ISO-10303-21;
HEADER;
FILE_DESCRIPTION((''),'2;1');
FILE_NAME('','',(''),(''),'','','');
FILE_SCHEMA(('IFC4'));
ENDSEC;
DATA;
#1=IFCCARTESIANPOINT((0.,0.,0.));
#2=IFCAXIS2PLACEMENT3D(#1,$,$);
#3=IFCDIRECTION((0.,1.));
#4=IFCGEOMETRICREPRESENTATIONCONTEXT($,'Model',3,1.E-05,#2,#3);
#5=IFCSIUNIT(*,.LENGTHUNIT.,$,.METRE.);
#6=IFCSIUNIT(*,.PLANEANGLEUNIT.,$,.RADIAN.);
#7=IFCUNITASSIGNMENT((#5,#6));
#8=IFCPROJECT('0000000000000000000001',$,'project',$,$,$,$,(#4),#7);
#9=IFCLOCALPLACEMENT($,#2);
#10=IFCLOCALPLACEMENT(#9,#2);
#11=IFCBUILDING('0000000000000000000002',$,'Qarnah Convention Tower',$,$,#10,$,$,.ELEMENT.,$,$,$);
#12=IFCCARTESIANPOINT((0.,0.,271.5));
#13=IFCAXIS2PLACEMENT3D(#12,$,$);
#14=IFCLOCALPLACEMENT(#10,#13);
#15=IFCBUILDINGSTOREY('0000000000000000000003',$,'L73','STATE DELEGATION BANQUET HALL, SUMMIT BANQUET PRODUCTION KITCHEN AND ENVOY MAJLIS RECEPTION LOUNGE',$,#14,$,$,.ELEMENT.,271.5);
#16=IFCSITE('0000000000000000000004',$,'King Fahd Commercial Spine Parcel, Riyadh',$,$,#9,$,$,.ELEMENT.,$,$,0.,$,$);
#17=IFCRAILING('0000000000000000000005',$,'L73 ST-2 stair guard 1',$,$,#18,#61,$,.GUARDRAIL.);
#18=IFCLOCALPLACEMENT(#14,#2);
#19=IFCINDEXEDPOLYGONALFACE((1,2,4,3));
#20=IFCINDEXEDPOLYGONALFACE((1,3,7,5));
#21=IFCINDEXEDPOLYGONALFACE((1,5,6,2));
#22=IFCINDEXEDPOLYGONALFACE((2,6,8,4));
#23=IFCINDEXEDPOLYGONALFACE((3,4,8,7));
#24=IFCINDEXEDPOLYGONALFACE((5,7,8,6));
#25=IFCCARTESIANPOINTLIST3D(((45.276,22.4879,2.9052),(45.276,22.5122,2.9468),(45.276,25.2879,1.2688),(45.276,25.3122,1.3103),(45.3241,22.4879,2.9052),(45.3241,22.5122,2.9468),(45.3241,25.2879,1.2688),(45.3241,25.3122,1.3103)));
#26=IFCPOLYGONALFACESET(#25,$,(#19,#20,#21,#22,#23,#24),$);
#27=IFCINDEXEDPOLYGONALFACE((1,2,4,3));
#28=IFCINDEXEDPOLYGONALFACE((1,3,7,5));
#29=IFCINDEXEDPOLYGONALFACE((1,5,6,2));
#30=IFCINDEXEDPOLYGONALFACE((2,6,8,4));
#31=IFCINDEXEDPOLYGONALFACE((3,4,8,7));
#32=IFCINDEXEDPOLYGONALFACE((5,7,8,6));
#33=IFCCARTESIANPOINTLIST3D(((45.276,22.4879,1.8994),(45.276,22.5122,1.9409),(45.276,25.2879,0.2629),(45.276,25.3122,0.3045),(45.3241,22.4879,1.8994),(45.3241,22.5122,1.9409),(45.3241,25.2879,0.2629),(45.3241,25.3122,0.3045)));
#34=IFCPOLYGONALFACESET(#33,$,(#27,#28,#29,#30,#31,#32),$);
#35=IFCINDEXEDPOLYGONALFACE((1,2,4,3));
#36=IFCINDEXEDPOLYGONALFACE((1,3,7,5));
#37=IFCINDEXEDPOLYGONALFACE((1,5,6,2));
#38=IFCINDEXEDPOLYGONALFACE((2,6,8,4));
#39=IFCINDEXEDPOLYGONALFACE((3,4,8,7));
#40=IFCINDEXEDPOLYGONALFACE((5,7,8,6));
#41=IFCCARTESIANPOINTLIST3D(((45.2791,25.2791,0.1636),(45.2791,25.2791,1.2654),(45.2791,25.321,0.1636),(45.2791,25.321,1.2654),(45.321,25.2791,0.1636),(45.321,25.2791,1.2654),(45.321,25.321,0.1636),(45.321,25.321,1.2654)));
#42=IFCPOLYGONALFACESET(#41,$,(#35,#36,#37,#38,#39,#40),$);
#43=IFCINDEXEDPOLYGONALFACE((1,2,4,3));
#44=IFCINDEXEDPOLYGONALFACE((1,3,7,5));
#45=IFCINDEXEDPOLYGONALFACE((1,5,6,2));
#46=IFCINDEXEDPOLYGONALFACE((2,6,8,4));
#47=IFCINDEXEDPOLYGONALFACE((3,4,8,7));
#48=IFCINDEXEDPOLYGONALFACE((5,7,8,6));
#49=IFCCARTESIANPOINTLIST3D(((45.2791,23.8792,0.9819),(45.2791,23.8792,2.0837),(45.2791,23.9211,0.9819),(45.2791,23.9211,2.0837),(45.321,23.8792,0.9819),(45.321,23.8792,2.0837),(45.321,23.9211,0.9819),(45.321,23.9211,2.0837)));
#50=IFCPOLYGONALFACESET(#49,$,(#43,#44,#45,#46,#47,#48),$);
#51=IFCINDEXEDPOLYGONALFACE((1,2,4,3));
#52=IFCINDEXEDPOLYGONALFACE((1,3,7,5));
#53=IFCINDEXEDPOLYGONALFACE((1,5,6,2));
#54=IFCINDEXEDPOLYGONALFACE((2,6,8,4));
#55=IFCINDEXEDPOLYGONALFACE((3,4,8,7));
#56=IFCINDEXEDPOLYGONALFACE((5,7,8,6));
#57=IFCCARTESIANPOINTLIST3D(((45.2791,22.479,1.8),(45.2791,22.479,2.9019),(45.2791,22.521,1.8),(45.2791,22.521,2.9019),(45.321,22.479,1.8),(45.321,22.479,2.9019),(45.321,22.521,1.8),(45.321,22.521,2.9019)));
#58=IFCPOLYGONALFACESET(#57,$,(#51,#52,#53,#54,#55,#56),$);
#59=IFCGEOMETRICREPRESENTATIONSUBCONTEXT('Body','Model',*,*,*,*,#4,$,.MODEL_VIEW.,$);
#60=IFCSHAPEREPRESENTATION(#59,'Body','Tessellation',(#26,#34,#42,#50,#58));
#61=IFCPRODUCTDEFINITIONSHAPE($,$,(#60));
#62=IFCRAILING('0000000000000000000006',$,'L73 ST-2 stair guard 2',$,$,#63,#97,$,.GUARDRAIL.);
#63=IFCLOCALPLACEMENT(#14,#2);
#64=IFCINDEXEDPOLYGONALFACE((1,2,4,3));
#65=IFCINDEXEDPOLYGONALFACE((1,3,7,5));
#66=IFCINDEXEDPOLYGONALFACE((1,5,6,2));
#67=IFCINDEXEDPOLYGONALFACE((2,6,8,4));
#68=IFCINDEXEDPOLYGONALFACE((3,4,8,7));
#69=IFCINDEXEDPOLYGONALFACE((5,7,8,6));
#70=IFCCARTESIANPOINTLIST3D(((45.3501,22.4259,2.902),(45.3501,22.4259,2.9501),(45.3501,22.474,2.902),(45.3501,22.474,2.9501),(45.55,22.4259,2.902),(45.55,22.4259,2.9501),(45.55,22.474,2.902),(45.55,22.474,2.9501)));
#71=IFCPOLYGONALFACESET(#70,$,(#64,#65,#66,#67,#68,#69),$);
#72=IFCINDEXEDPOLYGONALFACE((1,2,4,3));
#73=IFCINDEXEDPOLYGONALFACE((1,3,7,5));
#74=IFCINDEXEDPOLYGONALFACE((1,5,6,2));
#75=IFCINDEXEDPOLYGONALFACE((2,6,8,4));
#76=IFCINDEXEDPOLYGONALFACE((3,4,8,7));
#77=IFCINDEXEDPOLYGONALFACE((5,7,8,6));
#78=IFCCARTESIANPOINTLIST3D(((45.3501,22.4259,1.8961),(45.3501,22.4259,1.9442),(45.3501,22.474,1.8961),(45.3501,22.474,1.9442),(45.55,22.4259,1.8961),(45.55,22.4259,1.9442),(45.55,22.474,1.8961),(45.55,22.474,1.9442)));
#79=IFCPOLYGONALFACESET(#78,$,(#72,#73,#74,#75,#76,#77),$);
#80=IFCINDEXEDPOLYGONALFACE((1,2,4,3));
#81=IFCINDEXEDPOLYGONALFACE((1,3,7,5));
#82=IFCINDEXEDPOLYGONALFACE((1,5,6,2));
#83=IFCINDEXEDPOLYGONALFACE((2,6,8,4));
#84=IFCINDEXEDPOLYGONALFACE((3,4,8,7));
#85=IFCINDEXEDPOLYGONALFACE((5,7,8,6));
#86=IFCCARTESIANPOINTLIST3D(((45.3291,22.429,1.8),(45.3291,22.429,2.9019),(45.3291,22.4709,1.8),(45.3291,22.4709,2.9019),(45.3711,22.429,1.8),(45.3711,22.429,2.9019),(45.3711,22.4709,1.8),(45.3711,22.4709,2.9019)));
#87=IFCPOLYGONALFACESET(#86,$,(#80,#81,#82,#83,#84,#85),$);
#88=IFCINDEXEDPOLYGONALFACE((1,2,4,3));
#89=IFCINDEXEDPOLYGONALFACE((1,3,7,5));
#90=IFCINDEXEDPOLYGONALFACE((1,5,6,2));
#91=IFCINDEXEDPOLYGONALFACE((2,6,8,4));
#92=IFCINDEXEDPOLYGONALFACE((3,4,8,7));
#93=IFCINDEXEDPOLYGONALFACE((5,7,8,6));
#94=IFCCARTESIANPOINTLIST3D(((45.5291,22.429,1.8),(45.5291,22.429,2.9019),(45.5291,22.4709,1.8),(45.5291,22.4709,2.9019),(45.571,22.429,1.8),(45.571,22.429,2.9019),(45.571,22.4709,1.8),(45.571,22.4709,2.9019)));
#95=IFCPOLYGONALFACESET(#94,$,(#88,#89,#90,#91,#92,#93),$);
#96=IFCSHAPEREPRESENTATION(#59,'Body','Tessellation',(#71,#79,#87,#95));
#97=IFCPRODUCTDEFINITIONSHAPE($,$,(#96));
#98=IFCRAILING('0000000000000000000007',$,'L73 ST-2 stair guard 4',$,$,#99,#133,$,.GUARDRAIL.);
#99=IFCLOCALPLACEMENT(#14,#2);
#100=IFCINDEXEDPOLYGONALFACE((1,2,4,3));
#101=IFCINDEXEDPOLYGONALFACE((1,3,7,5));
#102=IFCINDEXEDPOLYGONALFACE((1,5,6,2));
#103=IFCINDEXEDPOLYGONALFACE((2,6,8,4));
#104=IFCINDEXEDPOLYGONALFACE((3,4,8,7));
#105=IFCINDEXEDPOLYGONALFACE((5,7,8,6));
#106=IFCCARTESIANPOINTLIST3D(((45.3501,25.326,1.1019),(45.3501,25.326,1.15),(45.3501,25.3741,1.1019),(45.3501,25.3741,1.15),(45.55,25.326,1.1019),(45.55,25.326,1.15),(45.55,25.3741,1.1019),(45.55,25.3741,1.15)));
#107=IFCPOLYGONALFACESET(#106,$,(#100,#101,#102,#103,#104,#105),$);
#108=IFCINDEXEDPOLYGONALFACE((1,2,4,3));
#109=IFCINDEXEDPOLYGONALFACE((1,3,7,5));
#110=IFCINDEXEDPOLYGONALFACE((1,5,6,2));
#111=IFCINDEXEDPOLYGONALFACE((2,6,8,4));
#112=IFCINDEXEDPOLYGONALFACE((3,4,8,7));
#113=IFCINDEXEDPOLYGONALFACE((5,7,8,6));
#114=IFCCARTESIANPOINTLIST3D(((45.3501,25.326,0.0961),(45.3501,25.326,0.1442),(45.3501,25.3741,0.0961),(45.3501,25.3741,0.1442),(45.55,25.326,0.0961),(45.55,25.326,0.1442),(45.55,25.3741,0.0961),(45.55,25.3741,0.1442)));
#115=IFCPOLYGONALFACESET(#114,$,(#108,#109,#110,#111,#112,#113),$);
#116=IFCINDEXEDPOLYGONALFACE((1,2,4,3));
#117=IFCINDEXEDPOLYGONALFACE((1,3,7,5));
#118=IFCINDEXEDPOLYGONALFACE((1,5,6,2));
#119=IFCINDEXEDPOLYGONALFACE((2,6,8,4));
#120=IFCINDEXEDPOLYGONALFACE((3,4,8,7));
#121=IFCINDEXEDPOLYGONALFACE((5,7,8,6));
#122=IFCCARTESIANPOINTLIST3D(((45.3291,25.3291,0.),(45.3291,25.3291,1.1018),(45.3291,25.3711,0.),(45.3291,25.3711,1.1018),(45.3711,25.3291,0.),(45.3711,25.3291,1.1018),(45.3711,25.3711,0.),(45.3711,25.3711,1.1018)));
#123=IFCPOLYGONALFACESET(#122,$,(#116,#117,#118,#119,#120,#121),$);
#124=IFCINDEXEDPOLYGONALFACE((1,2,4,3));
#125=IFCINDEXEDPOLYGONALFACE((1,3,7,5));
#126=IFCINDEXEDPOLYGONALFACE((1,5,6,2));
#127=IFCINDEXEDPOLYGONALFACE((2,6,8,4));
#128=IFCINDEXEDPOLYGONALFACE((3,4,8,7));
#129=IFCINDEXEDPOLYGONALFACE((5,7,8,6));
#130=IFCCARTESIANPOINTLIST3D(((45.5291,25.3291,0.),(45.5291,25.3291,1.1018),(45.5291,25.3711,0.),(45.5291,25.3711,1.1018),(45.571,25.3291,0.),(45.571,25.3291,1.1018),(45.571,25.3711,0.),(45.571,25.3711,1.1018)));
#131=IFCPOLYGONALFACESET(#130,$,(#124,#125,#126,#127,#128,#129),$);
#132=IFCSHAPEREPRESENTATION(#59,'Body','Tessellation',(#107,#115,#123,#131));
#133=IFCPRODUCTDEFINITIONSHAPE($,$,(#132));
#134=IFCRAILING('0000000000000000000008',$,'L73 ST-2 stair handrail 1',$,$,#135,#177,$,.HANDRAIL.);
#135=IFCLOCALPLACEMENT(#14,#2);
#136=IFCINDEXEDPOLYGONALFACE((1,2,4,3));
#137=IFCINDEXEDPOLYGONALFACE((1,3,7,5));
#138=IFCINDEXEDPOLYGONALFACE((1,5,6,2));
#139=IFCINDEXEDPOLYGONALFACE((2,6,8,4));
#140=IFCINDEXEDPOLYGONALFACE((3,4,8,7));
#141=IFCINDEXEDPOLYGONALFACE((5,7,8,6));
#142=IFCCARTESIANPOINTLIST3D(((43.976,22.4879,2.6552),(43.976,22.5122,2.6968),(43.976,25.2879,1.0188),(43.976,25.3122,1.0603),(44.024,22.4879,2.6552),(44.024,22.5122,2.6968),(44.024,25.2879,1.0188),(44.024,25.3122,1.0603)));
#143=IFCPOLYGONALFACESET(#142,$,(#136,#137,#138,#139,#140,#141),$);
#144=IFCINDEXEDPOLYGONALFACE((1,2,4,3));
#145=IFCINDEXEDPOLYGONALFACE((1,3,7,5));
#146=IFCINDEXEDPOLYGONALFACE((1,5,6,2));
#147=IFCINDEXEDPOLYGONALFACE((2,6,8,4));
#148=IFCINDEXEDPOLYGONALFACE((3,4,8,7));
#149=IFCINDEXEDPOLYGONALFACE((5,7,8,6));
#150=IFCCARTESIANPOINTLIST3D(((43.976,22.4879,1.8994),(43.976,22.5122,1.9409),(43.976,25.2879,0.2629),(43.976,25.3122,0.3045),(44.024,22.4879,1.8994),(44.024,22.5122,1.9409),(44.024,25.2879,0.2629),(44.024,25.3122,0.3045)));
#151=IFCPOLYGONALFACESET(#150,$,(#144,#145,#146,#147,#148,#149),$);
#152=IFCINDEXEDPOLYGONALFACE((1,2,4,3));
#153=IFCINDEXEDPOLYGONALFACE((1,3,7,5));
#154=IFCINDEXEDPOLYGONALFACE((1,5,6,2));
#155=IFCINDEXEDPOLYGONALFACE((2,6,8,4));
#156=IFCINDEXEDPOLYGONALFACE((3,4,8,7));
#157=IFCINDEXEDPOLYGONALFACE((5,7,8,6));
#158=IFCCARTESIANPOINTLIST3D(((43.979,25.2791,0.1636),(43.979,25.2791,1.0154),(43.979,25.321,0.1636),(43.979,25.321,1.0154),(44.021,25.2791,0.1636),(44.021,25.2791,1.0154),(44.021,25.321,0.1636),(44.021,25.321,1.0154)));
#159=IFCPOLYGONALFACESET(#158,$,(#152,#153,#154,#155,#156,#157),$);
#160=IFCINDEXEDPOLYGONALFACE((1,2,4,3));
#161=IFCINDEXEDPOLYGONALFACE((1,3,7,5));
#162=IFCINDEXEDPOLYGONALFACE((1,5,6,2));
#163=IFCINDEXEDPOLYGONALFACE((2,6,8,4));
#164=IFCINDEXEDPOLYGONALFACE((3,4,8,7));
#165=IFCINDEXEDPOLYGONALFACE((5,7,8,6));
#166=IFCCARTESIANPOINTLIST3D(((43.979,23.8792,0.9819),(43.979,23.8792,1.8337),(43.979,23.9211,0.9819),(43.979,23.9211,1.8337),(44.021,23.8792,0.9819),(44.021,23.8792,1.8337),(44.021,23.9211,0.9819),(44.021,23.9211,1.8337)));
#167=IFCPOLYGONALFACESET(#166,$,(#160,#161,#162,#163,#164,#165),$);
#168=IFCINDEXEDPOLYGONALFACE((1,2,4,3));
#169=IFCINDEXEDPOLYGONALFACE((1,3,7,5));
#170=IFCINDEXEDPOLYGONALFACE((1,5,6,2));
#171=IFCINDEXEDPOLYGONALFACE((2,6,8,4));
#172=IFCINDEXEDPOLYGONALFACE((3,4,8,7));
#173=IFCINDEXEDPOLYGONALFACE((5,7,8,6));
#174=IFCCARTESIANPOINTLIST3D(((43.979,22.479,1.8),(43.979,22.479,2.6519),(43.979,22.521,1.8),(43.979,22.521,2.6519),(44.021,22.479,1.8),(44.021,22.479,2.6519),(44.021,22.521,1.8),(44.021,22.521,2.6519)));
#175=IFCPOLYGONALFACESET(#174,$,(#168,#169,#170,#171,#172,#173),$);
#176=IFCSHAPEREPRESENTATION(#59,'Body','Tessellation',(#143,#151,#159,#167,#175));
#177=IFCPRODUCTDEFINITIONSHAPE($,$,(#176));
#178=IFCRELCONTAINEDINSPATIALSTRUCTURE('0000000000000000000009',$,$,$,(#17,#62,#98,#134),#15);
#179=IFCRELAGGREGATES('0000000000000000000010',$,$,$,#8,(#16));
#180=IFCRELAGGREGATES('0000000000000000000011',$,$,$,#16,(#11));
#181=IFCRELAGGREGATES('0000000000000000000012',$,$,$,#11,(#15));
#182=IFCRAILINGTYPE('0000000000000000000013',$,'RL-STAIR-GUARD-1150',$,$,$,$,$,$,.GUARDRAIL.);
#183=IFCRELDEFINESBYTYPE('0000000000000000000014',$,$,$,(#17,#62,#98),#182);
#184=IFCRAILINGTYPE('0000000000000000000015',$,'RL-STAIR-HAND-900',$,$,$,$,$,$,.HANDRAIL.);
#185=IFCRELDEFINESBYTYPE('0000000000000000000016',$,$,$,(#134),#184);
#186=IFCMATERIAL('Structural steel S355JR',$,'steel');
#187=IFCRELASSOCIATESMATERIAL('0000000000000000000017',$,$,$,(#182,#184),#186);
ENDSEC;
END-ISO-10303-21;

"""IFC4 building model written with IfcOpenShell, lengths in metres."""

from ifc_helpers import new_model, si_unit, direction, frame, origin, origin_2d, place, context, subcontext, project, spatial, rectangle, extrude, material, type_object, element, save


model = new_model("IFC4")

# Units and contexts
model_context = context("Model", 3, precision=1e-05, world=origin(), true_north=direction((0.0, 1.0)))
body_context = subcontext(model_context, "Body", "Model", "MODEL_VIEW")
ifc_project = project(units=[si_unit("LENGTHUNIT", "METRE"), si_unit("PLANEANGLEUNIT", "RADIAN")], contexts=[model_context])

# Site, building, storey
site_placement = place(None, origin())
site = spatial("IfcSite", under=ifc_project, at=site_placement, Name="King Fahd Commercial Spine Parcel, Riyadh", CompositionType="ELEMENT", RefElevation=0.0)
building_placement = place(site_placement, origin())
building = spatial("IfcBuilding", under=site, at=building_placement, Name="Qarnah Convention Tower", CompositionType="ELEMENT")
storey_placement = place(building_placement, frame((0.0, 0.0, 271.5)))
storey = spatial("IfcBuildingStorey", under=building, at=storey_placement, Name="L73", Description="STATE DELEGATION BANQUET HALL, SUMMIT BANQUET PRODUCTION KITCHEN AND ENVOY MAJLIS RECEPTION LOUNGE", CompositionType="ELEMENT", Elevation=271.5)

# Shared definitions
ifc_material_1 = material(Name="Structural steel S355JR", Category="steel")

# Railings
railing_type_1 = type_object("IfcRailingType", Name="RL-STAIR-GUARD-1150", PredefinedType="GUARDRAIL", material=ifc_material_1)
railing_1_placement = place(storey_placement, frame((45.3, 25.3, 0.1636)))
element("IfcRailing", 1, at=railing_1_placement, inside=storey, type_object=railing_type_1, Name="L73 ST-2 stair guard 1", PredefinedType="GUARDRAIL", context=body_context, shape_type="SweptSolid", body=[
    extrude(rectangle(XDim=0.0481, YDim=0.0481, at=origin_2d()), frame((0.0, 0.0, 1.126), z_axis=(0.0, -0.863361, 0.504587), x_axis=(1.0, 0.0, 0.0)), (0.0, 0.0, 1.0), 3.2432),
    extrude(rectangle(XDim=0.0481, YDim=0.0481, at=origin_2d()), frame((0.0, 0.0, 0.1201), z_axis=(0.0, -0.863361, 0.504587), x_axis=(1.0, 0.0, 0.0)), (0.0, 0.0, 1.0), 3.2432),
    extrude(rectangle(XDim=0.042, YDim=0.042, at=origin_2d()), origin(), (0.0, 0.0, 1.0), 1.1018),
    extrude(rectangle(XDim=0.042, YDim=0.042, at=origin_2d()), frame((0.0, -1.3999, 0.8184)), (0.0, 0.0, 1.0), 1.1018),
    extrude(rectangle(XDim=0.042, YDim=0.042, at=origin_2d()), frame((0.0, -2.8, 1.6365)), (0.0, 0.0, 1.0), 1.1018),
])
for number, where, name in (
    (2, (45.3501, 22.45, 1.8), "L73 ST-2 stair guard 2"),
    (3, (45.3501, 25.3501, 0.0), "L73 ST-2 stair guard 4"),
):
    element("IfcRailing", number, at=place(storey_placement, frame(where)), inside=storey, type_object=railing_type_1, Name=name, PredefinedType="GUARDRAIL", context=body_context, shape_type="SweptSolid", body=[
        extrude(rectangle(XDim=0.0481, YDim=0.0481, at=origin_2d()), frame((0.0, 0.0, 1.126), z_axis=(1.0, 0.0, 0.0), x_axis=(0.0, 1.0, 0.0)), (0.0, 0.0, 1.0), 0.2),
        extrude(rectangle(XDim=0.0481, YDim=0.0481, at=origin_2d()), frame((0.0, 0.0, 0.1201), z_axis=(1.0, 0.0, 0.0), x_axis=(0.0, 1.0, 0.0)), (0.0, 0.0, 1.0), 0.2),
        extrude(rectangle(XDim=0.042, YDim=0.042, at=origin_2d()), origin(), (0.0, 0.0, 1.0), 1.1018),
        extrude(rectangle(XDim=0.042, YDim=0.042, at=origin_2d()), frame((0.2, 0.0, 0.0)), (0.0, 0.0, 1.0), 1.1018),
    ])
railing_type_2 = type_object("IfcRailingType", Name="RL-STAIR-HAND-900", PredefinedType="HANDRAIL", material=ifc_material_1)
railing_2_placement = place(storey_placement, frame((44.0, 25.3, 0.1636)))
element("IfcRailing", 4, at=railing_2_placement, inside=storey, type_object=railing_type_2, Name="L73 ST-2 stair handrail 1", PredefinedType="HANDRAIL", context=body_context, shape_type="SweptSolid", body=[
    extrude(rectangle(XDim=0.0481, YDim=0.0481, at=origin_2d()), frame((0.0, 0.0, 0.876), z_axis=(0.0, -0.863361, 0.504587), x_axis=(1.0, 0.0, 0.0)), (0.0, 0.0, 1.0), 3.2432),
    extrude(rectangle(XDim=0.0481, YDim=0.0481, at=origin_2d()), frame((0.0, 0.0, 0.1201), z_axis=(0.0, -0.863361, 0.504587), x_axis=(1.0, 0.0, 0.0)), (0.0, 0.0, 1.0), 3.2432),
    extrude(rectangle(XDim=0.042, YDim=0.042, at=origin_2d()), origin(), (0.0, 0.0, 1.0), 0.8518),
    extrude(rectangle(XDim=0.042, YDim=0.042, at=origin_2d()), frame((0.0, -1.3999, 0.8184)), (0.0, 0.0, 1.0), 0.8518),
    extrude(rectangle(XDim=0.042, YDim=0.042, at=origin_2d()), frame((0.0, -2.8, 1.6365)), (0.0, 0.0, 1.0), 0.8518),
])

save(model, "model.ifc")
